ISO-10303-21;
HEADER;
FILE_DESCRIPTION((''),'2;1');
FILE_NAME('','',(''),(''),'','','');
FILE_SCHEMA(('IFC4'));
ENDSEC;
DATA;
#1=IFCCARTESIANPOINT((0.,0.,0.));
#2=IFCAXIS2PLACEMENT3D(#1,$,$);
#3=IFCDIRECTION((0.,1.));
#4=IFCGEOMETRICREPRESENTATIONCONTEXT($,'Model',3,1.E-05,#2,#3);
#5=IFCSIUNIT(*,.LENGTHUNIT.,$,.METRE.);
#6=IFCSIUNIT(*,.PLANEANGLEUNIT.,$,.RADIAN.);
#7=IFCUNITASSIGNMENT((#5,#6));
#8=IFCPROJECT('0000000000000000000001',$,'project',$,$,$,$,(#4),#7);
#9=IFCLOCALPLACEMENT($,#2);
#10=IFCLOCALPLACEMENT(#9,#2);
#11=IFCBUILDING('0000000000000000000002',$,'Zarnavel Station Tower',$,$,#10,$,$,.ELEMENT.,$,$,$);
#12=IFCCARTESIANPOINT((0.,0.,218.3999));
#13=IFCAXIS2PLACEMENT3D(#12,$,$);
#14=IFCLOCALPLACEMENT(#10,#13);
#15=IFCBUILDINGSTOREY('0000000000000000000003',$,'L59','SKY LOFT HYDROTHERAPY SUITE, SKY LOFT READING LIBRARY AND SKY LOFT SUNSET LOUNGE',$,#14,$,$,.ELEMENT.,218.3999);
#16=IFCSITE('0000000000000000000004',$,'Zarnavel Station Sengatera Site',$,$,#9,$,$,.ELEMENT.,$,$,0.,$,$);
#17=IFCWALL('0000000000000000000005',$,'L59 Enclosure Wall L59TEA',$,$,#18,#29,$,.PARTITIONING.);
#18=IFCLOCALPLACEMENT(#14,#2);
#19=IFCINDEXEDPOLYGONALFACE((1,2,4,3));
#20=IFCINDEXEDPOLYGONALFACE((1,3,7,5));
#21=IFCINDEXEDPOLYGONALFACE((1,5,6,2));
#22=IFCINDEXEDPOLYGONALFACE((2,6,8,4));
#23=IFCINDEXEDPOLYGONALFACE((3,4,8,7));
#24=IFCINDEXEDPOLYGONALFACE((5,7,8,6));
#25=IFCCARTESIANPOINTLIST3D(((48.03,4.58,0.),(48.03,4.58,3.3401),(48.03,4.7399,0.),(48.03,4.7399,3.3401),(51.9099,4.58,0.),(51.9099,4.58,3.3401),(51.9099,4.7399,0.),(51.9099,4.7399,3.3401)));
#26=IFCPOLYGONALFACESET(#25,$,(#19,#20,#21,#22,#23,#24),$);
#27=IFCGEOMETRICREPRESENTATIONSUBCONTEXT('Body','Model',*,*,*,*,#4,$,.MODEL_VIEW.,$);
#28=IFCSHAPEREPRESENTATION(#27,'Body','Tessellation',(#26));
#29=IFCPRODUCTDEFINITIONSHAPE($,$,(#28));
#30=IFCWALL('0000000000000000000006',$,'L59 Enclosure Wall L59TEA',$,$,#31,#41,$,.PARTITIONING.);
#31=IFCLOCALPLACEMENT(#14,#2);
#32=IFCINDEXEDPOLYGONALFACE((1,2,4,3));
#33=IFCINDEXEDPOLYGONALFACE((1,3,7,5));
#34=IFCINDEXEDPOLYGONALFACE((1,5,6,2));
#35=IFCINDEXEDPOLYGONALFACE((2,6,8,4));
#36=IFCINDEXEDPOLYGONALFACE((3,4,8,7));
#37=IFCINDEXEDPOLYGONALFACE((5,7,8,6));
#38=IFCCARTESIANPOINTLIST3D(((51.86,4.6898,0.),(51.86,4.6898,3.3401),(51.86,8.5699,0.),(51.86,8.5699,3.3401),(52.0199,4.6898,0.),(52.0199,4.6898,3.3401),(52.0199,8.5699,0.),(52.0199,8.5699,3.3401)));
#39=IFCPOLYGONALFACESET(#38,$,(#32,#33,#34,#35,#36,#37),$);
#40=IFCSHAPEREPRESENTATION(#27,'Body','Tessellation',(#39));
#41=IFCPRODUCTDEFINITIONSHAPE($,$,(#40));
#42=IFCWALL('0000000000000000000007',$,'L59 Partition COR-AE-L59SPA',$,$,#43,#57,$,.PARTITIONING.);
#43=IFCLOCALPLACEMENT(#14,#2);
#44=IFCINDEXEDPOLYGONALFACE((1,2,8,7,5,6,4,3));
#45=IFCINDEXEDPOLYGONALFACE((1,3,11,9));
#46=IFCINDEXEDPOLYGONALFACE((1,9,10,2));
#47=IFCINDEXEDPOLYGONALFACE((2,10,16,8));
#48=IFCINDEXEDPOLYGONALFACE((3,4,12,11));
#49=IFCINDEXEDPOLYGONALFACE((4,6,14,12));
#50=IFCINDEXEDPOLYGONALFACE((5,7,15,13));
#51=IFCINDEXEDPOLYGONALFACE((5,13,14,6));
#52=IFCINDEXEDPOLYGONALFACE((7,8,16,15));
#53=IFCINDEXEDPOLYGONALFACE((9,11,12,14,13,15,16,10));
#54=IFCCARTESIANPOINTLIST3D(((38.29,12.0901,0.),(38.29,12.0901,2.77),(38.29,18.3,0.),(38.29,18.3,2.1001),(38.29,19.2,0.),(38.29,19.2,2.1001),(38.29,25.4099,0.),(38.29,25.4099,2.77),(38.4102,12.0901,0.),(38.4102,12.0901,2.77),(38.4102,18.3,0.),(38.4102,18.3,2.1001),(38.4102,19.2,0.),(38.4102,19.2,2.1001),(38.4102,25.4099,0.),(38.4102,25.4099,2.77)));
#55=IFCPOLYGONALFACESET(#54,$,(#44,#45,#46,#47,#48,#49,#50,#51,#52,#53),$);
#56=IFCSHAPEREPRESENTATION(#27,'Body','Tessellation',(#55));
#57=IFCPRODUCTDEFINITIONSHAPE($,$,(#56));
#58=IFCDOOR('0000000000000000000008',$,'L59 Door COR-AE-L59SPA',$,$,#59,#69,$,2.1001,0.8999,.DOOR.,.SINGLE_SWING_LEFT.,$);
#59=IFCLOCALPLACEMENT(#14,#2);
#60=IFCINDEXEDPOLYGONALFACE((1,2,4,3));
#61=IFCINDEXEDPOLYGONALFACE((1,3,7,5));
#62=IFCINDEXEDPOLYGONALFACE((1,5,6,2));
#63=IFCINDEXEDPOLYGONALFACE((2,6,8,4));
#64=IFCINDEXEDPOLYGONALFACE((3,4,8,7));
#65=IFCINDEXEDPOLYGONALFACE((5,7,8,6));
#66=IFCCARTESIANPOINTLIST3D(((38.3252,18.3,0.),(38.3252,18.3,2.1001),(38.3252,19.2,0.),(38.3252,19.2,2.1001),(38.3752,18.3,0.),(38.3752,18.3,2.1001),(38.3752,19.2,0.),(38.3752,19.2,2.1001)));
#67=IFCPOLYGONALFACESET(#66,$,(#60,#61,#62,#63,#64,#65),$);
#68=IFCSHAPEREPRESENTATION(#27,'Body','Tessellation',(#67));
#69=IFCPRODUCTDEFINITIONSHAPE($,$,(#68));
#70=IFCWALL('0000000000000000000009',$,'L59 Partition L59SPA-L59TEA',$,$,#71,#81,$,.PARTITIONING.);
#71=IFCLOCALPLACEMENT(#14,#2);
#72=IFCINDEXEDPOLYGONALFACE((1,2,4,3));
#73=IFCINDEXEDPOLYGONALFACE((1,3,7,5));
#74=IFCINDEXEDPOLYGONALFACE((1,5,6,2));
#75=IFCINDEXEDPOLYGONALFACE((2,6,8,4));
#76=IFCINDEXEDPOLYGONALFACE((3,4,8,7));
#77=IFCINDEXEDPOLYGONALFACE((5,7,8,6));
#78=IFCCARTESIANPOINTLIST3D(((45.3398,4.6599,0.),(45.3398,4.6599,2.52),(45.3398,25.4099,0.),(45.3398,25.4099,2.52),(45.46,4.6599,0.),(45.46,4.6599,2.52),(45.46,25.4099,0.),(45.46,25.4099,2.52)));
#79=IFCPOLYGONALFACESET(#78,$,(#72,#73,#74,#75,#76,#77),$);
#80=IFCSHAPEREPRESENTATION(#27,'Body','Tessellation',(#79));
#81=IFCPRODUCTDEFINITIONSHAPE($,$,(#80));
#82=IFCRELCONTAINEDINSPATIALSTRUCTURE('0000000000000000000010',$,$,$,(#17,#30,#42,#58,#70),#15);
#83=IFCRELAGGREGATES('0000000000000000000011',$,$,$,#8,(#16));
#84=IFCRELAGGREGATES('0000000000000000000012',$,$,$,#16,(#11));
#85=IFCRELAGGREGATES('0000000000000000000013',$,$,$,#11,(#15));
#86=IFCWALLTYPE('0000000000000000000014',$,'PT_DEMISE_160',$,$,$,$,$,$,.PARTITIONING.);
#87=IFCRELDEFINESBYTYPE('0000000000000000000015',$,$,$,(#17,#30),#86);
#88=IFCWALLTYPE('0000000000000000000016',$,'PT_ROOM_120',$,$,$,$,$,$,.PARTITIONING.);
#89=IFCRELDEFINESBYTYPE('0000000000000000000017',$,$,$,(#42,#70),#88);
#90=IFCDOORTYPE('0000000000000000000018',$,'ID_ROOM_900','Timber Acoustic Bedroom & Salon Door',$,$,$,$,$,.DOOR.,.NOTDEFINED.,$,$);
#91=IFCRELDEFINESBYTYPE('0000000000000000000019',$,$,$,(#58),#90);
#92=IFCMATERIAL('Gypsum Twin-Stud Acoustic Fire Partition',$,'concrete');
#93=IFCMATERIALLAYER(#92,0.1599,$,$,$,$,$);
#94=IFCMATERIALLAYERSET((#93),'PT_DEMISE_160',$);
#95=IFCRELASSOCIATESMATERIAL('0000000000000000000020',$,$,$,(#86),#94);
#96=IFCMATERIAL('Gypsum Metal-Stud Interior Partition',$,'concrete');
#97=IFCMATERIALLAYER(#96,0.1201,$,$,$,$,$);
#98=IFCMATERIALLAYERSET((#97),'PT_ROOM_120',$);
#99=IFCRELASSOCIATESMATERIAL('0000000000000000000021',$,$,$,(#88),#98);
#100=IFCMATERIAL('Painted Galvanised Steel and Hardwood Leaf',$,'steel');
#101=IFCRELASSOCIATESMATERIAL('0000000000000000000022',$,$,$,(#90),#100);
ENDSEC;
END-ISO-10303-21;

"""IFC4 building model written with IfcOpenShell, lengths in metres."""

from ifc_helpers import new_model, si_unit, direction, frame, frame_2d, origin, place, context, subcontext, project, spatial, rectangle, extrude, material, layer, layer_set, type_object, element, fill, save


model = new_model("IFC4")

# Units and contexts
model_context = context("Model", 3, precision=1e-05, world=origin(), true_north=direction((0.0, 1.0)))
body_context = subcontext(model_context, "Body", "Model", "MODEL_VIEW")
ifc_project = project(units=[si_unit("LENGTHUNIT", "METRE"), si_unit("PLANEANGLEUNIT", "RADIAN")], contexts=[model_context])

# Site, building, storey
site_placement = place(None, origin())
site = spatial("IfcSite", under=ifc_project, at=site_placement, Name="Zarnavel Station Sengatera Site", CompositionType="ELEMENT", RefElevation=0.0)
building_placement = place(site_placement, origin())
building = spatial("IfcBuilding", under=site, at=building_placement, Name="Zarnavel Station Tower", CompositionType="ELEMENT")
storey_placement = place(building_placement, frame((0.0, 0.0, 218.3999)))
storey = spatial("IfcBuildingStorey", under=building, at=storey_placement, Name="L59", Description="SKY LOFT HYDROTHERAPY SUITE, SKY LOFT READING LIBRARY AND SKY LOFT SUNSET LOUNGE", CompositionType="ELEMENT", Elevation=218.3999)

# Walls
ifc_material_1 = material(Name="Gypsum Twin-Stud Acoustic Fire Partition", Category="concrete")
ifc_layer_1 = layer(ifc_material_1, 0.1599)
ifc_layer_set_1 = layer_set([ifc_layer_1], Name="PT_DEMISE_160")
wall_type_1 = type_object("IfcWallType", Name="PT_DEMISE_160", PredefinedType="PARTITIONING", material=ifc_layer_set_1)
wall_1_placement = place(storey_placement, frame((48.03, 4.6599, 0.0), z_axis=(0.0, 0.0, 1.0), x_axis=(1.0, 0.0, 0.0)))
element("IfcWall", 1, at=wall_1_placement, inside=storey, type_object=wall_type_1, Name="L59 Enclosure Wall L59TEA", PredefinedType="PARTITIONING", context=body_context, shape_type="SweptSolid", body=[
    extrude(rectangle(XDim=3.8799, YDim=0.1599, at=frame_2d((1.9399, 0.0))), origin(), (0.0, 0.0, 1.0), 3.3401),
])
wall_2_placement = place(storey_placement, frame((51.9399, 4.6899, 0.0), z_axis=(0.0, 0.0, 1.0), x_axis=(0.0, 1.0, 0.0)))
element("IfcWall", 2, at=wall_2_placement, inside=storey, type_object=wall_type_1, Name="L59 Enclosure Wall L59TEA", PredefinedType="PARTITIONING", context=body_context, shape_type="SweptSolid", body=[
    extrude(rectangle(XDim=3.8801, YDim=0.1599, at=frame_2d((1.9399, 0.0))), origin(), (0.0, 0.0, 1.0), 3.3401),
])

# Wall, opening, door
ifc_material_2 = material(Name="Gypsum Metal-Stud Interior Partition", Category="concrete")
ifc_layer_2 = layer(ifc_material_2, 0.1201)
ifc_layer_set_2 = layer_set([ifc_layer_2], Name="PT_ROOM_120")
wall_type_2 = type_object("IfcWallType", Name="PT_ROOM_120", PredefinedType="PARTITIONING", material=ifc_layer_set_2)
wall_3_placement = place(storey_placement, frame((38.3501, 12.0901, 0.0), z_axis=(0.0, 0.0, 1.0), x_axis=(0.0, 1.0, 0.0)))
wall_3 = element("IfcWall", 3, at=wall_3_placement, inside=storey, type_object=wall_type_2, Name="L59 Partition COR-AE-L59SPA", PredefinedType="PARTITIONING", context=body_context, shape_type="SweptSolid", body=[
    extrude(rectangle(XDim=13.3198, YDim=0.1201, at=frame_2d((6.6599, 0.0))), origin(), (0.0, 0.0, 1.0), 2.77),
])
opening_1_placement = place(wall_3_placement, frame((6.21, 0.0, 0.0)))
opening_1 = element("IfcOpeningElement", 4, at=opening_1_placement, cuts=wall_3, PredefinedType="OPENING", context=body_context, shape_type="SweptSolid", body=[
    extrude(rectangle(XDim=0.8999, YDim=2.1001, at=frame_2d((0.45, 1.05))), frame((0.0, 0.0701, 0.0), z_axis=(0.0, -1.0, 0.0), x_axis=(1.0, 0.0, 0.0)), (0.0, 0.0, 1.0), 0.1401),
])
ifc_material_3 = material(Name="Painted Galvanised Steel and Hardwood Leaf", Category="steel")
door_type = type_object("IfcDoorType", Name="ID_ROOM_900", Description="Timber Acoustic Bedroom & Salon Door", OperationType="NOTDEFINED", PredefinedType="DOOR", material=ifc_material_3)
door_placement = place(opening_1_placement, origin())
door = element("IfcDoor", 5, at=door_placement, inside=storey, type_object=door_type, Name="L59 Door COR-AE-L59SPA", OperationType="SINGLE_SWING_LEFT", OverallHeight=2.1001, OverallWidth=0.8999, PredefinedType="DOOR", context=body_context, shape_type="SweptSolid", body=[
    extrude(rectangle(XDim=0.8999, YDim=2.1001, at=frame_2d((0.45, 1.05))), frame((0.0, 0.0249, 0.0), z_axis=(0.0, -1.0, 0.0), x_axis=(1.0, 0.0, 0.0)), (0.0, 0.0, 1.0), 0.05),
])
fill(opening_1, door)

# Wall
wall_4_placement = place(storey_placement, frame((45.3999, 4.6599, 0.0), z_axis=(0.0, 0.0, 1.0), x_axis=(0.0, 1.0, 0.0)))
element("IfcWall", 6, at=wall_4_placement, inside=storey, type_object=wall_type_2, Name="L59 Partition L59SPA-L59TEA", PredefinedType="PARTITIONING", context=body_context, shape_type="SweptSolid", body=[
    extrude(rectangle(XDim=20.75, YDim=0.1201, at=frame_2d((10.375, 0.0))), origin(), (0.0, 0.0, 1.0), 2.52),
])

save(model, "model.ifc")
